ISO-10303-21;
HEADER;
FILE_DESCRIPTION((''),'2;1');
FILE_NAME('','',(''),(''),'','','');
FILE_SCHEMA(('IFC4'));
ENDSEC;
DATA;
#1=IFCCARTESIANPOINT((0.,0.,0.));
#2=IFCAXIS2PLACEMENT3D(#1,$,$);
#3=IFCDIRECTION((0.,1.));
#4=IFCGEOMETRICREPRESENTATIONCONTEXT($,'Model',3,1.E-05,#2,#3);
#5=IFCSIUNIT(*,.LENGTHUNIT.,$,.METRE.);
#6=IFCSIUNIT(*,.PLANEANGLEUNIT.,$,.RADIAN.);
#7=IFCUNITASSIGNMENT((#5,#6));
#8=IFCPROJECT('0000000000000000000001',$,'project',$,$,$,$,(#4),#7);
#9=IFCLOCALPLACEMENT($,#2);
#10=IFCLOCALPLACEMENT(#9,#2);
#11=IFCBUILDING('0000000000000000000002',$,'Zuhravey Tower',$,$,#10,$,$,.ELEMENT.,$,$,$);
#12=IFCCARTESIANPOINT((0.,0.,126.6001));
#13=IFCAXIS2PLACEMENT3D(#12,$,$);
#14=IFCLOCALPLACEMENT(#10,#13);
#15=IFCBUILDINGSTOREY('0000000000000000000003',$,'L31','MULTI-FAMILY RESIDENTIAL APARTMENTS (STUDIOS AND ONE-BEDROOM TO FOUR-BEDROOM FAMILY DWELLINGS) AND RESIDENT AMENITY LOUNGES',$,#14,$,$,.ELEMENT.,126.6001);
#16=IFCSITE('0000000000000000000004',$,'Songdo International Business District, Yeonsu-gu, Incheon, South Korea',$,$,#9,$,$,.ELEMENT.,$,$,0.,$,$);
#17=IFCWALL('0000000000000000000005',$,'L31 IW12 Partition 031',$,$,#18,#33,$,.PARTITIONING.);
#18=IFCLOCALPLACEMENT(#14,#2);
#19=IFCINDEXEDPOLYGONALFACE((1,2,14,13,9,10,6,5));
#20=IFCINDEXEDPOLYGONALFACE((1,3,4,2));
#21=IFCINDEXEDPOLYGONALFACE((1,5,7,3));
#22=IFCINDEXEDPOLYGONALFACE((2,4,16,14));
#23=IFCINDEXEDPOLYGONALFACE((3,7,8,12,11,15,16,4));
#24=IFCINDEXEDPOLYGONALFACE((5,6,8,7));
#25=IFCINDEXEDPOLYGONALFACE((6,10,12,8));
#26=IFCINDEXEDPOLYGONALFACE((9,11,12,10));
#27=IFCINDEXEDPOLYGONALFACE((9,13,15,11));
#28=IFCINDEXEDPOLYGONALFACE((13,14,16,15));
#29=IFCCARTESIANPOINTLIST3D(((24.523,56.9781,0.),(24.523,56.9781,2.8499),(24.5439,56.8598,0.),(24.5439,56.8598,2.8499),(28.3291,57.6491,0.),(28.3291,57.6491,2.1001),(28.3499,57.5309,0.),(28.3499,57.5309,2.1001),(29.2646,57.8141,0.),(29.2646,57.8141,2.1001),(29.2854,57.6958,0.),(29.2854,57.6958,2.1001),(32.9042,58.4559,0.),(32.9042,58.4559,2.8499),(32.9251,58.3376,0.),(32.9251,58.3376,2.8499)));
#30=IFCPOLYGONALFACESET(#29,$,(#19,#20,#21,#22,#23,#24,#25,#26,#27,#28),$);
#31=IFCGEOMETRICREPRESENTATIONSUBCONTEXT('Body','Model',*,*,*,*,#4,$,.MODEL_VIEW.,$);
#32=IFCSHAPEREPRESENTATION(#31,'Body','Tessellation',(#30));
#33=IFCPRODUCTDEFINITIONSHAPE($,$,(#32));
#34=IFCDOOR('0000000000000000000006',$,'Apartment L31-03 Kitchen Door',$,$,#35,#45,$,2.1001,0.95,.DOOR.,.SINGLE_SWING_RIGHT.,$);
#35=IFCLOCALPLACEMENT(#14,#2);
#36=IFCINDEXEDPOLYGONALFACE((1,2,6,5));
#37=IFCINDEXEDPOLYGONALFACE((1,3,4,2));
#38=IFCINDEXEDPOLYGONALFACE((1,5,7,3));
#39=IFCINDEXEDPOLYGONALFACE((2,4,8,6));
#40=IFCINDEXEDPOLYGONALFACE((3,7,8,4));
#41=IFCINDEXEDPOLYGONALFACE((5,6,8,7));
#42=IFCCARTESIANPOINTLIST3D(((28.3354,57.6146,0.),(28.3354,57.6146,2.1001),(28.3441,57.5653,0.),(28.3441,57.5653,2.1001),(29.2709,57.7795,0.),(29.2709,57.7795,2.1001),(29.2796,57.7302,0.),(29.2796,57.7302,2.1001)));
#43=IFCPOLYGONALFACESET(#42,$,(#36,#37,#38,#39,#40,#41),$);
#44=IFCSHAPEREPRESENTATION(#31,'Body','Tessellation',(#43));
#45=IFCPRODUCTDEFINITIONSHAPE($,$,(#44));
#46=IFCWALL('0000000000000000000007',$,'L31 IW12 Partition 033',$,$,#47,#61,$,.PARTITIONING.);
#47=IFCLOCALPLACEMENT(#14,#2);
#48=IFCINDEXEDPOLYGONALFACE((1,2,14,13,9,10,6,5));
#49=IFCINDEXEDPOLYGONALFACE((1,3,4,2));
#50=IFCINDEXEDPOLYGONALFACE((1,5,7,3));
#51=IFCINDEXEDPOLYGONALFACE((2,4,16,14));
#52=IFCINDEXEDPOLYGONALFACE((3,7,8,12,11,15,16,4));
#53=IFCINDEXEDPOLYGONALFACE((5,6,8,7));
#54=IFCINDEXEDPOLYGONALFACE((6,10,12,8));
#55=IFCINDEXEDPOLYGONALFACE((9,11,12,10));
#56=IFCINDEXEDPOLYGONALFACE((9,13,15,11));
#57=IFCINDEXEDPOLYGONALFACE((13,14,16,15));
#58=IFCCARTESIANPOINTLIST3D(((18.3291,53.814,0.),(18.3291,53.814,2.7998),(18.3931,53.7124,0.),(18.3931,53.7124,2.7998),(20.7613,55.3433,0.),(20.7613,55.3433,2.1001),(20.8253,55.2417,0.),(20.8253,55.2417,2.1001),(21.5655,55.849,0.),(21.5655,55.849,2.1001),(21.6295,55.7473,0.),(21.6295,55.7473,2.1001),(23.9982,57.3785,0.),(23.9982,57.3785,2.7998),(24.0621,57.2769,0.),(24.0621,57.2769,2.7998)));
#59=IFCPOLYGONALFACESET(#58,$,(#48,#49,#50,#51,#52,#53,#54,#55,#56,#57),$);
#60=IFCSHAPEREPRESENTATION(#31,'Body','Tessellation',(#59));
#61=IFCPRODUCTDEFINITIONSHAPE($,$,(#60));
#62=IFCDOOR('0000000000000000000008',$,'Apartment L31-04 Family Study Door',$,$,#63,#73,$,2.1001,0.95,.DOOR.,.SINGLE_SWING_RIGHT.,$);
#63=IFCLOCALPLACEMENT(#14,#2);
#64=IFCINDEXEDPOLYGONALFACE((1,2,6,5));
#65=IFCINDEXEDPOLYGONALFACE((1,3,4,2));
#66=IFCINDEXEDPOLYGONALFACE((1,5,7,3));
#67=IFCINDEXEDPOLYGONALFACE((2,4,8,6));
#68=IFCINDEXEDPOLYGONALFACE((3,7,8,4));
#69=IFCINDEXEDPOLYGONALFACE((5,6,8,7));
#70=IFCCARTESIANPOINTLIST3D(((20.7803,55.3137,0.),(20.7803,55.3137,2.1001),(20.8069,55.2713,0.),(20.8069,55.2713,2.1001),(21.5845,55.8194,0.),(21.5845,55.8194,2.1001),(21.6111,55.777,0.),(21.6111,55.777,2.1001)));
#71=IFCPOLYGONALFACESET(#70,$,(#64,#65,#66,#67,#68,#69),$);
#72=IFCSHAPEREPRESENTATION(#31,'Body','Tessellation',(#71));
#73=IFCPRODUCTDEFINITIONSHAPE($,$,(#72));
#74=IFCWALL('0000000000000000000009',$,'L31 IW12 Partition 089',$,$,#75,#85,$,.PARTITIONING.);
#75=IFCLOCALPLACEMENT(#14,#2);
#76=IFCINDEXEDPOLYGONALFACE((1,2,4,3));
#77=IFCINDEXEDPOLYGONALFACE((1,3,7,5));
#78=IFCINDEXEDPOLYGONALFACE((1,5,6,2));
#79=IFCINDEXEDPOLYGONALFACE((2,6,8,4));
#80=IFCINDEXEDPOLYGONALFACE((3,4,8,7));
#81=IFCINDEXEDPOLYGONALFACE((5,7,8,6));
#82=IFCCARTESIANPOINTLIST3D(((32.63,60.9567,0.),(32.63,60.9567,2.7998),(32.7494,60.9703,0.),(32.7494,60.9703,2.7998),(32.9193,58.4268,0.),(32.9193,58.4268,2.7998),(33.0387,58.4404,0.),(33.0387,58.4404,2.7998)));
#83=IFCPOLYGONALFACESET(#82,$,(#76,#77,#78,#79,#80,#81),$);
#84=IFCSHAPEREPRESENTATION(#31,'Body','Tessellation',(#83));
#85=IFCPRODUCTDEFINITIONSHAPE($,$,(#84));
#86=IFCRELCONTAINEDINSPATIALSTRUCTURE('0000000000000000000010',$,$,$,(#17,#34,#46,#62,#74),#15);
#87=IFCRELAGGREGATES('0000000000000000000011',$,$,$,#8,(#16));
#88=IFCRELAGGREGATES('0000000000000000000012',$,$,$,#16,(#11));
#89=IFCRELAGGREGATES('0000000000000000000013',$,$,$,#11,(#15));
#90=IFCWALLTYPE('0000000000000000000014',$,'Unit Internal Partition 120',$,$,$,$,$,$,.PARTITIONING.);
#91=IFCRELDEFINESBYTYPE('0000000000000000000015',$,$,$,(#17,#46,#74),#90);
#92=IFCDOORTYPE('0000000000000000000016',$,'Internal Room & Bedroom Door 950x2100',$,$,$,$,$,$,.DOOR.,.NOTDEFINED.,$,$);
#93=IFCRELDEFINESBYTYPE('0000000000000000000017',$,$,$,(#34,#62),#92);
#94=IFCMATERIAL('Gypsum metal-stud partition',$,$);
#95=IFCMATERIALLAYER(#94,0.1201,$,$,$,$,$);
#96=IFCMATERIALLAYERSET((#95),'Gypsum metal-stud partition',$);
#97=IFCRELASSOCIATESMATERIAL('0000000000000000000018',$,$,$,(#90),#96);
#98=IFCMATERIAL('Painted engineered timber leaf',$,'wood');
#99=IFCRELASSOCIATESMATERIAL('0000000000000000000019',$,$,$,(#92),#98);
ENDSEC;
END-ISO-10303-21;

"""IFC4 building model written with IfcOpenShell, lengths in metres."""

from ifc_helpers import new_model, si_unit, direction, frame, frame_2d, origin, place, context, subcontext, project, spatial, rectangle, extrude, material, layer, layer_set, type_object, element, fill, save


model = new_model("IFC4")

# Units and contexts
model_context = context("Model", 3, precision=1e-05, world=origin(), true_north=direction((0.0, 1.0)))
body_context = subcontext(model_context, "Body", "Model", "MODEL_VIEW")
ifc_project = project(units=[si_unit("LENGTHUNIT", "METRE"), si_unit("PLANEANGLEUNIT", "RADIAN")], contexts=[model_context])

# Site, building, storey
site_placement = place(None, origin())
site = spatial("IfcSite", under=ifc_project, at=site_placement, Name="Songdo International Business District, Yeonsu-gu, Incheon, South Korea", CompositionType="ELEMENT", RefElevation=0.0)
building_placement = place(site_placement, origin())
building = spatial("IfcBuilding", under=site, at=building_placement, Name="Zuhravey Tower", CompositionType="ELEMENT")
storey_placement = place(building_placement, frame((0.0, 0.0, 126.6001)))
storey = spatial("IfcBuildingStorey", under=building, at=storey_placement, Name="L31", Description="MULTI-FAMILY RESIDENTIAL APARTMENTS (STUDIOS AND ONE-BEDROOM TO FOUR-BEDROOM FAMILY DWELLINGS) AND RESIDENT AMENITY LOUNGES", CompositionType="ELEMENT", Elevation=126.6001)

# Shared definitions
ifc_material_1 = material(Name="Gypsum metal-stud partition")
ifc_layer_1 = layer(ifc_material_1, 0.1201)
ifc_layer_set_1 = layer_set([ifc_layer_1], Name="Gypsum metal-stud partition")
wall_type = type_object("IfcWallType", Name="Unit Internal Partition 120", PredefinedType="PARTITIONING", material=ifc_layer_set_1)

# Walls, openings, doors
wall_1_placement = place(storey_placement, frame((32.9148, 58.3967, 0.0), z_axis=(0.0, 0.0, 1.0), x_axis=(-0.984808, -0.173645, 0.0)))
wall_1 = element("IfcWall", 1, at=wall_1_placement, inside=storey, type_object=wall_type, Name="L31 IW12 Partition 031", PredefinedType="PARTITIONING", context=body_context, shape_type="SweptSolid", body=[
    extrude(rectangle(XDim=8.5105, YDim=0.1201, at=frame_2d((4.2554, 0.0))), origin(), (0.0, 0.0, 1.0), 2.8499),
])
opening_1_placement = place(wall_1_placement, frame((3.6958, 0.0, 0.0)))
opening_1 = element("IfcOpeningElement", 2, at=opening_1_placement, cuts=wall_1, PredefinedType="OPENING", context=body_context, shape_type="SweptSolid", body=[
    extrude(rectangle(XDim=0.95, YDim=2.1001, at=frame_2d((0.4751, 1.05))), frame((0.0, 0.072, 0.0), z_axis=(0.0, -1.0, 0.0), x_axis=(1.0, 0.0, 0.0)), (0.0, 0.0, 1.0), 0.144),
])
ifc_material_2 = material(Name="Painted engineered timber leaf", Category="wood")
door_type = type_object("IfcDoorType", Name="Internal Room & Bedroom Door 950x2100", OperationType="NOTDEFINED", PredefinedType="DOOR", material=ifc_material_2)
door_1_placement = place(opening_1_placement, frame((0.95, 0.0, 0.0), z_axis=(0.0, 0.0, 1.0), x_axis=(-1.0, 0.0, 0.0)))
door_1 = element("IfcDoor", 3, at=door_1_placement, inside=storey, type_object=door_type, Name="Apartment L31-03 Kitchen Door", OperationType="SINGLE_SWING_RIGHT", OverallHeight=2.1001, OverallWidth=0.95, PredefinedType="DOOR", context=body_context, shape_type="SweptSolid", body=[
    extrude(rectangle(XDim=0.95, YDim=2.1001, at=frame_2d((0.4751, 1.05))), frame((0.0, 0.0249, 0.0), z_axis=(0.0, -1.0, 0.0), x_axis=(1.0, 0.0, 0.0)), (0.0, 0.0, 1.0), 0.05),
])
fill(opening_1, door_1)
wall_2_placement = place(storey_placement, frame((24.03, 57.3276, 0.0), z_axis=(0.0, 0.0, 1.0), x_axis=(-0.846561, -0.532291, 0.0)))
wall_2 = element("IfcWall", 4, at=wall_2_placement, inside=storey, type_object=wall_type, Name="L31 IW12 Partition 033", PredefinedType="PARTITIONING", context=body_context, shape_type="SweptSolid", body=[
    extrude(rectangle(XDim=6.6965, YDim=0.1201, at=frame_2d((3.3481, 0.0))), origin(), (0.0, 0.0, 1.0), 2.7998),
])
opening_2_placement = place(wall_2_placement, frame((2.8733, 0.0, 0.0)))
opening_2 = element("IfcOpeningElement", 5, at=opening_2_placement, cuts=wall_2, PredefinedType="OPENING", context=body_context, shape_type="SweptSolid", body=[
    extrude(rectangle(XDim=0.95, YDim=2.1001, at=frame_2d((0.4751, 1.05))), frame((0.0, 0.072, 0.0), z_axis=(0.0, -1.0, 0.0), x_axis=(1.0, 0.0, 0.0)), (0.0, 0.0, 1.0), 0.144),
])
door_2_placement = place(opening_2_placement, frame((0.95, 0.0, 0.0), z_axis=(0.0, 0.0, 1.0), x_axis=(-1.0, 0.0, 0.0)))
door_2 = element("IfcDoor", 6, at=door_2_placement, inside=storey, type_object=door_type, Name="Apartment L31-04 Family Study Door", OperationType="SINGLE_SWING_RIGHT", OverallHeight=2.1001, OverallWidth=0.95, PredefinedType="DOOR", context=body_context, shape_type="SweptSolid", body=[
    extrude(rectangle(XDim=0.95, YDim=2.1001, at=frame_2d((0.4751, 1.05))), frame((0.0, 0.0249, 0.0), z_axis=(0.0, -1.0, 0.0), x_axis=(1.0, 0.0, 0.0)), (0.0, 0.0, 1.0), 0.05),
])
fill(opening_2, door_2)

# Wall
wall_3_placement = place(storey_placement, frame((32.979, 58.4336, 0.0), z_axis=(0.0, 0.0, 1.0), x_axis=(-0.11362, 0.993524, 0.0)))
element("IfcWall", 7, at=wall_3_placement, inside=storey, type_object=wall_type, Name="L31 IW12 Partition 089", PredefinedType="PARTITIONING", context=body_context, shape_type="SweptSolid", body=[
    extrude(rectangle(XDim=2.5464, YDim=0.1201, at=frame_2d((1.2732, 0.0))), origin(), (0.0, 0.0, 1.0), 2.7998),
])

save(model, "model.ifc")
